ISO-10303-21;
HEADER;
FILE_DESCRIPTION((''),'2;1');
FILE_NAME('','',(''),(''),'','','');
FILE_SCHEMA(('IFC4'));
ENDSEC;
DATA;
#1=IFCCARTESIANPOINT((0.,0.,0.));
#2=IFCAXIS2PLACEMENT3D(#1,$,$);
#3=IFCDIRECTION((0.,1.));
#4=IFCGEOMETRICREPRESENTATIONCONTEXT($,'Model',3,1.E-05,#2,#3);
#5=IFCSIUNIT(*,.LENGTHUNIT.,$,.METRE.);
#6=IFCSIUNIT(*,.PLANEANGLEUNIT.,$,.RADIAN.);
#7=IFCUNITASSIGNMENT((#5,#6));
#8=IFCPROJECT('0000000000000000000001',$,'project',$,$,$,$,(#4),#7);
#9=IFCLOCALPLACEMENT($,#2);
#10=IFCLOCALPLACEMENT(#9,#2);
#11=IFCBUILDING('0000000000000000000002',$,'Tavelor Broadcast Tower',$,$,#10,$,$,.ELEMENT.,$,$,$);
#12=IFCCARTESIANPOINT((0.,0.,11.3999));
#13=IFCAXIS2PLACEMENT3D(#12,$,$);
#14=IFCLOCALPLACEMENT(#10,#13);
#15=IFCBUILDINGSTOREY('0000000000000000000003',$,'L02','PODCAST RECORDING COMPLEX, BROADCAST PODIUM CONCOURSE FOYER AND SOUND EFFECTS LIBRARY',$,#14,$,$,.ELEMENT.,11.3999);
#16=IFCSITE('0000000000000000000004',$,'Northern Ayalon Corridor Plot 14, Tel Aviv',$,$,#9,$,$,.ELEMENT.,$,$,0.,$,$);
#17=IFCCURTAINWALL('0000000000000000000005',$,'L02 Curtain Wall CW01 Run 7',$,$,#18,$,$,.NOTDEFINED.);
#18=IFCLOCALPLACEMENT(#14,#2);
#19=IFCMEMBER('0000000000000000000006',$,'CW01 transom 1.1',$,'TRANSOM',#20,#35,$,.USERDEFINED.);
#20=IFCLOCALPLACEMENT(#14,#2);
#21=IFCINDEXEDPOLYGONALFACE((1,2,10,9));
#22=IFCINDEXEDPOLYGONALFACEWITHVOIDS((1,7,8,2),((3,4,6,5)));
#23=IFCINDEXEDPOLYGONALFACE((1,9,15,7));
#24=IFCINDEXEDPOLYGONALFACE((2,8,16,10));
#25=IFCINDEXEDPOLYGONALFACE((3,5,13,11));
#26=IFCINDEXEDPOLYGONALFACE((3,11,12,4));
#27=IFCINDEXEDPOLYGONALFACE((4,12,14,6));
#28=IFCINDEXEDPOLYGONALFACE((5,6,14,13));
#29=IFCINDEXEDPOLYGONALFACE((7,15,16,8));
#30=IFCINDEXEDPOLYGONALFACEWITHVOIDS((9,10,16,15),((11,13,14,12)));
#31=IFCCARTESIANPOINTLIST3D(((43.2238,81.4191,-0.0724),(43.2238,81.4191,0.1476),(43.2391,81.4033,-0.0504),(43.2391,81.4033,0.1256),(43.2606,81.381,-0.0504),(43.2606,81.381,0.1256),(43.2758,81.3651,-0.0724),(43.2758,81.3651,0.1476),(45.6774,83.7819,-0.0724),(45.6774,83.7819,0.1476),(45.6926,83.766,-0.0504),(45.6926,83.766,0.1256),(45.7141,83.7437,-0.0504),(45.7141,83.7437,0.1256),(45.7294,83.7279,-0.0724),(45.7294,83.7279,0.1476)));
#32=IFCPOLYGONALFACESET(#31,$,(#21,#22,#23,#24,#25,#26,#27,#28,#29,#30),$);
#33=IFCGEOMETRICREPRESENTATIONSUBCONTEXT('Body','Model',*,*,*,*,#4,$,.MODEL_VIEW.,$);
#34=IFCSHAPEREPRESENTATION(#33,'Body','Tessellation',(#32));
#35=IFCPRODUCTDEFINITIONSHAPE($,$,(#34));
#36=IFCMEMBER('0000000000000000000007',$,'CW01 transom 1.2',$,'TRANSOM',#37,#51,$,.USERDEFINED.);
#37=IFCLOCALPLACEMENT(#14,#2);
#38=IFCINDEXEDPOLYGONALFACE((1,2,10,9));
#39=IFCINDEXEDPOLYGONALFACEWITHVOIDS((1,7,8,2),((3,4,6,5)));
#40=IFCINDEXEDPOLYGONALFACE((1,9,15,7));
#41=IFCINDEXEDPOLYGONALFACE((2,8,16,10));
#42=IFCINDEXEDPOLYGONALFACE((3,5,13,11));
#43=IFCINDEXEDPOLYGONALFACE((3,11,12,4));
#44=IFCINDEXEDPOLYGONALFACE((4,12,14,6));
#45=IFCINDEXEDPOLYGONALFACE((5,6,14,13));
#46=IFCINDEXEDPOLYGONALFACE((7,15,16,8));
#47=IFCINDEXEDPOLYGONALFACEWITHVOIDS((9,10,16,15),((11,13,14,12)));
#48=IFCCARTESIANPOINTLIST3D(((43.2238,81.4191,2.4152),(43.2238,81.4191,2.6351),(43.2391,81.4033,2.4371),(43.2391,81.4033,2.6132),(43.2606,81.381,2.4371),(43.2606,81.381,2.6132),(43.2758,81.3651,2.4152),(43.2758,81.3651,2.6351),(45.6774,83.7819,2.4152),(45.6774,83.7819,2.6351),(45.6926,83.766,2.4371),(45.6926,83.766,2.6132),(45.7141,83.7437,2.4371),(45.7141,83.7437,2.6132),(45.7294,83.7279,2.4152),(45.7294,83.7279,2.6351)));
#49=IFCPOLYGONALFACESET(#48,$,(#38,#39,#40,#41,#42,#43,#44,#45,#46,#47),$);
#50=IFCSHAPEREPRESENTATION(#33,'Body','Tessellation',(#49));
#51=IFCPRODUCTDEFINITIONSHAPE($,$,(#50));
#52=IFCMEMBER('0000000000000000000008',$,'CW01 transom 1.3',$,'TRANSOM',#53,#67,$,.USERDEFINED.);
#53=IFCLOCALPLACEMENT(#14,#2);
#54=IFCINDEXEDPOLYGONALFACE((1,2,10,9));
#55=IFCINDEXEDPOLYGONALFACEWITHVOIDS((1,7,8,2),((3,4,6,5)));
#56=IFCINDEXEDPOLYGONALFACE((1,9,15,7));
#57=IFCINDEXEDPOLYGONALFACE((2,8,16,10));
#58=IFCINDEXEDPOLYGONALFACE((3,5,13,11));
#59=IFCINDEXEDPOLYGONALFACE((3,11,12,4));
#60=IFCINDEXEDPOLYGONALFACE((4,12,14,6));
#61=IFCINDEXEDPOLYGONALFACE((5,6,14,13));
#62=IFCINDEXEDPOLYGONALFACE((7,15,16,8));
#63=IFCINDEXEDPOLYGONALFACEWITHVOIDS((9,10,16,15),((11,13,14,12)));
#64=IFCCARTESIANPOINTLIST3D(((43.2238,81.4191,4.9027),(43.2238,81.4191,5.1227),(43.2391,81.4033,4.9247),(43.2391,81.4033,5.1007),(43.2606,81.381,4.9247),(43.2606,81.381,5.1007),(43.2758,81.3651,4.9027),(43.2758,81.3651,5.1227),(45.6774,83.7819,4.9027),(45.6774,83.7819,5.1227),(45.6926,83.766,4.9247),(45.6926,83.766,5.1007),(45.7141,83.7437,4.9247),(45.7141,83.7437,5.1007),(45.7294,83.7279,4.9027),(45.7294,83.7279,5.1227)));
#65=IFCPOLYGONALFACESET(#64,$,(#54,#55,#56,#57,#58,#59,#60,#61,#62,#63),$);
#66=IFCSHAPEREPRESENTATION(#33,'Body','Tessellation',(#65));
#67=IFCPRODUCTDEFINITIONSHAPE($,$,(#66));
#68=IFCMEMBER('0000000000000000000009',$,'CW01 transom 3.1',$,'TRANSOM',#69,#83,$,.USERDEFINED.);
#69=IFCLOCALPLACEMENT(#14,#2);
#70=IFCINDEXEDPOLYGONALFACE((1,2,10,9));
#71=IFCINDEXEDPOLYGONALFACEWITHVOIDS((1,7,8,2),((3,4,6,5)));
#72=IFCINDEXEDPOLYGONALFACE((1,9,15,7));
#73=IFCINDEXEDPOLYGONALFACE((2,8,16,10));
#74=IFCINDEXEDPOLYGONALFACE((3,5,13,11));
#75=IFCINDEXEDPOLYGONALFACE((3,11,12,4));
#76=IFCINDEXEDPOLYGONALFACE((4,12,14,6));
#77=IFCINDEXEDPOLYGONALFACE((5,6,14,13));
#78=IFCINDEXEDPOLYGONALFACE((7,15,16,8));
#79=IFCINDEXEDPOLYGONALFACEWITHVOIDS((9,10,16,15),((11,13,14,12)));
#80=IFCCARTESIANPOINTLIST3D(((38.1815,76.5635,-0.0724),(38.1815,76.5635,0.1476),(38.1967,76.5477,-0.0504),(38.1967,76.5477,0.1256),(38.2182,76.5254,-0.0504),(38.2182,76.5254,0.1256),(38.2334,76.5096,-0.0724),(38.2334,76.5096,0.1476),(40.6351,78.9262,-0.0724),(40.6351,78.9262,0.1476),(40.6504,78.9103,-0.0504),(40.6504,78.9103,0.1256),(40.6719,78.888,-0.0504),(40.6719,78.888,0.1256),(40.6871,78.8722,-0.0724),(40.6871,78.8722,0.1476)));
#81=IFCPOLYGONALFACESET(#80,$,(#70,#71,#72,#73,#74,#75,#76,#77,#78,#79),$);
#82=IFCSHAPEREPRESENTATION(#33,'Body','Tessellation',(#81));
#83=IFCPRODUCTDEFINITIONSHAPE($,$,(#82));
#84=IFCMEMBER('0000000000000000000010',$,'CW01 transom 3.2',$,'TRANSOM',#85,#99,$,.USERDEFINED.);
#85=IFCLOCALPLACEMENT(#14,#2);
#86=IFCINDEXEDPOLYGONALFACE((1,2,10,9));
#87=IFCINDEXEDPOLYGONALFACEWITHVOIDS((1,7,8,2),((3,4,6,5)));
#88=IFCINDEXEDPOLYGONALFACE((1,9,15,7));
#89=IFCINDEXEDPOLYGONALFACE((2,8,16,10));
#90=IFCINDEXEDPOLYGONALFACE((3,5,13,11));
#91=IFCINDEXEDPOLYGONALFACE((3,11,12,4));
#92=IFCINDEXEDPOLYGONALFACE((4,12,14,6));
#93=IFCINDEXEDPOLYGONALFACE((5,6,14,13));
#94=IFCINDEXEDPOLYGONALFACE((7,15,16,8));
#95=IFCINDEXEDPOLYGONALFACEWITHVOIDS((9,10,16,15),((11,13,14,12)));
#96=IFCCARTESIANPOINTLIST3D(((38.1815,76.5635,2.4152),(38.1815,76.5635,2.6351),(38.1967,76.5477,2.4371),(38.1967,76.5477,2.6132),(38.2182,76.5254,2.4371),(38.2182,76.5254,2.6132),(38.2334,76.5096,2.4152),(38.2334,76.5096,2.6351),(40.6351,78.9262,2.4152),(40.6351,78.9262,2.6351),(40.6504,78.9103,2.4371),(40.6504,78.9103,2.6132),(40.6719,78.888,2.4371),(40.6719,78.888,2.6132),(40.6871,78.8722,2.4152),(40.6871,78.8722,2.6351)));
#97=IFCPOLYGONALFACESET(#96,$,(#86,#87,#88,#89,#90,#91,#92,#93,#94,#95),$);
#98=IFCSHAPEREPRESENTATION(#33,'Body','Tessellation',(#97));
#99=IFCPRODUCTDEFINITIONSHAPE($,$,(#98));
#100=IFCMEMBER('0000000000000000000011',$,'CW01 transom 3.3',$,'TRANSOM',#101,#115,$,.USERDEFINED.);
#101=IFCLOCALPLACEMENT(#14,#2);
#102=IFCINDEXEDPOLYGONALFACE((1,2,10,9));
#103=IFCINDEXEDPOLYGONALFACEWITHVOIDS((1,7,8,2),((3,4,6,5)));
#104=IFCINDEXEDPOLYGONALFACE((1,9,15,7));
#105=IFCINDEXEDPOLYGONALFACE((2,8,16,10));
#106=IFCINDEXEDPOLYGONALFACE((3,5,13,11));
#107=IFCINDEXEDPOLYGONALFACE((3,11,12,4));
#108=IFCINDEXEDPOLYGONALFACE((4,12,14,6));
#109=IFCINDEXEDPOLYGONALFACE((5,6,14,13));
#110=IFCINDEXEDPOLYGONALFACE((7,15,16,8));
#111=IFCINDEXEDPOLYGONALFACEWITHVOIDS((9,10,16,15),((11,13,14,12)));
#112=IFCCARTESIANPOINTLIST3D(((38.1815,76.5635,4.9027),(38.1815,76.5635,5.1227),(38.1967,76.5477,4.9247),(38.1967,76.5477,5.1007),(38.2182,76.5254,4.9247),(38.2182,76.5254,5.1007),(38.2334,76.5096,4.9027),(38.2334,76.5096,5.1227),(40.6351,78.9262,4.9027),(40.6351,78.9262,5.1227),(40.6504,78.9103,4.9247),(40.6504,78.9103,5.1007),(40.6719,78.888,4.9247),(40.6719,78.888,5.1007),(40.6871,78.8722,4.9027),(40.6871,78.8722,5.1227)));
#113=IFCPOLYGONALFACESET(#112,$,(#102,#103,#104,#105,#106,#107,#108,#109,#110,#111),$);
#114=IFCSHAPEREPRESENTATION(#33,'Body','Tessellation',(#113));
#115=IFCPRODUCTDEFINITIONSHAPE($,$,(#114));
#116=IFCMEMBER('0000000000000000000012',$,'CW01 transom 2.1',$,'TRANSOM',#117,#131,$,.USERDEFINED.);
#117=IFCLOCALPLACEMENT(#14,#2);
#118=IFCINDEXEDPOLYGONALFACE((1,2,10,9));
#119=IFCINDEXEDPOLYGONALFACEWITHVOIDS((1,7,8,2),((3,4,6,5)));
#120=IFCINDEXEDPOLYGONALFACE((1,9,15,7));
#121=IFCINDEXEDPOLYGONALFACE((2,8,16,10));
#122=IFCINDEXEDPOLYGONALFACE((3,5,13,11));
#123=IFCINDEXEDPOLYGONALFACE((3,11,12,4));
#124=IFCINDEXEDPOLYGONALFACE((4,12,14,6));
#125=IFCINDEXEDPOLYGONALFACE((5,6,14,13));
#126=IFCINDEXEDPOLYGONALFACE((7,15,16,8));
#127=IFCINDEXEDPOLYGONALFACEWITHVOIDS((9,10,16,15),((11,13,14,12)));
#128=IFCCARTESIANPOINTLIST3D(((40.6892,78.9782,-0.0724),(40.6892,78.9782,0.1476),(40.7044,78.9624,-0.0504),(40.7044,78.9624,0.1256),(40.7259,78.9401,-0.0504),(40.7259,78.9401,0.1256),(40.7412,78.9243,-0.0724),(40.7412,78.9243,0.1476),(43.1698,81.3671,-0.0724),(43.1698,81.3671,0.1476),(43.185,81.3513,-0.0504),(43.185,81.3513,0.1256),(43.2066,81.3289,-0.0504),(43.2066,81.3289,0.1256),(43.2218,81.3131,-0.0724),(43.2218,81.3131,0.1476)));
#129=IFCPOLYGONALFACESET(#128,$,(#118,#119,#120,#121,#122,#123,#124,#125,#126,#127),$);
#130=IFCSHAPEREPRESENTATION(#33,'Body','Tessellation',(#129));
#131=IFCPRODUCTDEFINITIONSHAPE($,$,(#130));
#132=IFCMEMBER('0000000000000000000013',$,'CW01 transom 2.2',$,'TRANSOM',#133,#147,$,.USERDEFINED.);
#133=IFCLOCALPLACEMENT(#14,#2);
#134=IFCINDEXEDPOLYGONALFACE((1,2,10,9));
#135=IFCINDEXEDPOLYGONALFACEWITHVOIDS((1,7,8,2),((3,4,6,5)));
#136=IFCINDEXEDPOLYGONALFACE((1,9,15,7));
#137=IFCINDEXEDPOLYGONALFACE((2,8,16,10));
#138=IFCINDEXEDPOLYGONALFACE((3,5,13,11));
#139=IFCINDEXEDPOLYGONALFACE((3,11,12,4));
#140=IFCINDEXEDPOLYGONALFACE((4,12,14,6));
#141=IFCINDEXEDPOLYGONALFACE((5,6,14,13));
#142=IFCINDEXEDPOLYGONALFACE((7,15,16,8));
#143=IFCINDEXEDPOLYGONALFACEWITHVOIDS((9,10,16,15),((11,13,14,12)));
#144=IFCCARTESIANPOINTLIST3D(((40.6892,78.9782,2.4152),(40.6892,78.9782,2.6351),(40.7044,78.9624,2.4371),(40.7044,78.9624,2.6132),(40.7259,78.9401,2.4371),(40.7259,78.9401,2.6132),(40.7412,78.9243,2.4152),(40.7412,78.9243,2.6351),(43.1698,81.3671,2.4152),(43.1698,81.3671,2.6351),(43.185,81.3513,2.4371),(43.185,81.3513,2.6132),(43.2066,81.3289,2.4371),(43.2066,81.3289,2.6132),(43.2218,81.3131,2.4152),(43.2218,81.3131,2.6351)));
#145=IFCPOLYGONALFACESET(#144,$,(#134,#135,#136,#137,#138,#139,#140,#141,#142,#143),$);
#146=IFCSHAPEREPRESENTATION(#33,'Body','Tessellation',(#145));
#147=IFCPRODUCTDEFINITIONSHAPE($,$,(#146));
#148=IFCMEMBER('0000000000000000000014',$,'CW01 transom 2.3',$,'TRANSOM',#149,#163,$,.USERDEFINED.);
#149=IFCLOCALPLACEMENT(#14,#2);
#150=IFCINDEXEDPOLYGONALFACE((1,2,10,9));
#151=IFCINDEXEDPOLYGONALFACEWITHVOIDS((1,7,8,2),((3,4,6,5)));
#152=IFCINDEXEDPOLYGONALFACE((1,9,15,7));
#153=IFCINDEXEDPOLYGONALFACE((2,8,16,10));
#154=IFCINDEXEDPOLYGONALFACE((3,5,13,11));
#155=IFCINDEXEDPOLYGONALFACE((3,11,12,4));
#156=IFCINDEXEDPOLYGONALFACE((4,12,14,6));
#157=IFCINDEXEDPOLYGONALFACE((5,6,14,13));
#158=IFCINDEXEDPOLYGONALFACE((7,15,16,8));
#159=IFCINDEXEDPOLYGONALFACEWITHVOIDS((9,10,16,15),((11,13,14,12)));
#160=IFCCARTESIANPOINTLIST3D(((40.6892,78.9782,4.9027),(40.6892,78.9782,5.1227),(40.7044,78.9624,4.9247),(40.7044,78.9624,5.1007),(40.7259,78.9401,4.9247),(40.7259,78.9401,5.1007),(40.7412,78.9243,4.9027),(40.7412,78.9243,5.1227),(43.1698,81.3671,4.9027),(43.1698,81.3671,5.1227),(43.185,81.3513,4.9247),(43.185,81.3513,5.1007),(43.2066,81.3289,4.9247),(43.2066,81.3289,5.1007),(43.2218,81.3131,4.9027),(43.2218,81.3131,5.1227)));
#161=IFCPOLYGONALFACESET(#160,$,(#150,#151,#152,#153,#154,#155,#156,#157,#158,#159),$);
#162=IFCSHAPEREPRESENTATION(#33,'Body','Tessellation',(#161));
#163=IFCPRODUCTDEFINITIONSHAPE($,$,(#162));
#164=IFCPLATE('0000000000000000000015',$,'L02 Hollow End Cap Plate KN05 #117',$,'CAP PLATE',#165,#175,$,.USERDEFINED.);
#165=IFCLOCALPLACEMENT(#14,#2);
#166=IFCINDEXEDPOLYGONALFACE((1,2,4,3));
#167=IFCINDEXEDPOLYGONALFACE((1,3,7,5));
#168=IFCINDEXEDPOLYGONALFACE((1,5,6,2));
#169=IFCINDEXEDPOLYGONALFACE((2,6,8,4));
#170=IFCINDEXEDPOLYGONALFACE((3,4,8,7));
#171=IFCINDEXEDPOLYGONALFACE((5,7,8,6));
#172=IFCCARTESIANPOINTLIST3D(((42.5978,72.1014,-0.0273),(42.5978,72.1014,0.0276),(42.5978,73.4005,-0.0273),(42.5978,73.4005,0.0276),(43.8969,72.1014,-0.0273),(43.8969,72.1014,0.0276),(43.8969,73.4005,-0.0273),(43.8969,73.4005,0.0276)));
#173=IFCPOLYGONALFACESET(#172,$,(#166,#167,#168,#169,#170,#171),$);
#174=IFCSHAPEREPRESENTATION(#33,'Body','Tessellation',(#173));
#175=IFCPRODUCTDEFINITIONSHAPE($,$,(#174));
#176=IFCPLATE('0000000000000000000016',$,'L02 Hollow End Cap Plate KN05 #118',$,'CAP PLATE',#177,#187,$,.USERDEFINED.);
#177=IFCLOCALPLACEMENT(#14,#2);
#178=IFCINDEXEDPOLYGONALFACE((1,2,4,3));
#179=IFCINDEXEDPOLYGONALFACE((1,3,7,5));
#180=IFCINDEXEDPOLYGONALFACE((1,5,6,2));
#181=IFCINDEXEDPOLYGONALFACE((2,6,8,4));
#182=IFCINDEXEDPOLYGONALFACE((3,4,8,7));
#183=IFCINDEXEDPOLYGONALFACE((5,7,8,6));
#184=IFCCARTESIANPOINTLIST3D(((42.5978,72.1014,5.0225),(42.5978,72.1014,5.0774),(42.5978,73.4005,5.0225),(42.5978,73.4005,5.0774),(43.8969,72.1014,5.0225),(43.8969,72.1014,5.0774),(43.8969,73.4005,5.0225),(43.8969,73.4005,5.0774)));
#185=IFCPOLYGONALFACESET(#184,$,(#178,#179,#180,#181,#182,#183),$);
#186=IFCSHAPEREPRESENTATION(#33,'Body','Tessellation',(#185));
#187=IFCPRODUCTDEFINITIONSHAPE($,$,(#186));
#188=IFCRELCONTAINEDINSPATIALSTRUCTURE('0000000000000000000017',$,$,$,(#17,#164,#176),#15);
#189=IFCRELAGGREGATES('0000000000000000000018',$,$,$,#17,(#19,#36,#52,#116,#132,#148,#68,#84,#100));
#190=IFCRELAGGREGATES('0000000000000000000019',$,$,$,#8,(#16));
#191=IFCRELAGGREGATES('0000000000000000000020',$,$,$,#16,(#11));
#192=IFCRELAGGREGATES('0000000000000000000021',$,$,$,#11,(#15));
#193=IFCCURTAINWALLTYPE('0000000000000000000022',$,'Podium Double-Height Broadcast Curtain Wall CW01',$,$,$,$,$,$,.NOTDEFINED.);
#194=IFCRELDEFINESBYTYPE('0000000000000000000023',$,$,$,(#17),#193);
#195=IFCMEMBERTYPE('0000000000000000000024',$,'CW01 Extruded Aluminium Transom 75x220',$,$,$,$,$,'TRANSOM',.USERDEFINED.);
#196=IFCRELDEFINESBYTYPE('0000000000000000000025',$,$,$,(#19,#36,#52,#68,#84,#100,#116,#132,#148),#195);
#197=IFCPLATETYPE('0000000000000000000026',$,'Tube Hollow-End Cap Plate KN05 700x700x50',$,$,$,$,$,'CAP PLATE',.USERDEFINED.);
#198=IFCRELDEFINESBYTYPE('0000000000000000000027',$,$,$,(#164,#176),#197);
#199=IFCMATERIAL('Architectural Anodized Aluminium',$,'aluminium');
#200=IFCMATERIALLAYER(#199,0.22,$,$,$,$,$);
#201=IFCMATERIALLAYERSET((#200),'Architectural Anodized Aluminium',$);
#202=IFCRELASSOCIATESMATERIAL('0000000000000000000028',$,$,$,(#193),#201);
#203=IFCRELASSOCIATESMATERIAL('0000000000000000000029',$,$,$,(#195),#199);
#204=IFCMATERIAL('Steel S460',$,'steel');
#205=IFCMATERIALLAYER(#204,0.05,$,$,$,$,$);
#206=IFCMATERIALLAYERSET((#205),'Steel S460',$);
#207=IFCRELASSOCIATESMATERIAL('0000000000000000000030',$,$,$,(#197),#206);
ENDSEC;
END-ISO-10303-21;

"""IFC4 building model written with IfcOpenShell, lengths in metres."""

from ifc_helpers import new_model, si_unit, direction, frame, origin, origin_2d, place, context, subcontext, project, spatial, rectangle, hollow_rectangle, extrude, source, transform, mapped, material, layer, layer_set, material_profile, profile_set, type_object, type_shapes, element, aggregate, save


model = new_model("IFC4")

# Units and contexts
model_context = context("Model", 3, precision=1e-05, world=origin(), true_north=direction((0.0, 1.0)))
body_context = subcontext(model_context, "Body", "Model", "MODEL_VIEW")
ifc_project = project(units=[si_unit("LENGTHUNIT", "METRE"), si_unit("PLANEANGLEUNIT", "RADIAN")], contexts=[model_context])

# Site, building, storey
site_placement = place(None, origin())
site = spatial("IfcSite", under=ifc_project, at=site_placement, Name="Northern Ayalon Corridor Plot 14, Tel Aviv", CompositionType="ELEMENT", RefElevation=0.0)
building_placement = place(site_placement, origin())
building = spatial("IfcBuilding", under=site, at=building_placement, Name="Tavelor Broadcast Tower", CompositionType="ELEMENT")
storey_placement = place(building_placement, frame((0.0, 0.0, 11.3999)))
storey = spatial("IfcBuildingStorey", under=building, at=storey_placement, Name="L02", Description="PODCAST RECORDING COMPLEX, BROADCAST PODIUM CONCOURSE FOYER AND SOUND EFFECTS LIBRARY", CompositionType="ELEMENT", Elevation=11.3999)

# Shared definitions
ifc_material_1 = material(Name="Steel S460", Category="steel")

# Curtain wall, members
ifc_material_2 = material(Name="Architectural Anodized Aluminium", Category="aluminium")
ifc_layer_1 = layer(ifc_material_2, 0.22)
ifc_layer_set_1 = layer_set([ifc_layer_1], Name="Architectural Anodized Aluminium")
curtain_wall_type = type_object("IfcCurtainWallType", Name="Podium Double-Height Broadcast Curtain Wall CW01", PredefinedType="NOTDEFINED", material=ifc_layer_set_1)
curtain_wall_placement = place(storey_placement, origin())
curtain_wall = element("IfcCurtainWall", 1, at=curtain_wall_placement, inside=storey, type_object=curtain_wall_type, Name="L02 Curtain Wall CW01 Run 7", PredefinedType="NOTDEFINED")
ifc_material_profile_1 = material_profile(ifc_material_2, hollow_rectangle(XDim=0.075, YDim=0.22, WallThickness=0.022, at=origin_2d()), Name="RHS 75x220x22")
ifc_profile_set_1 = profile_set([ifc_material_profile_1], Name="Architectural Anodized Aluminium")
member_type_1 = type_object("IfcMemberType", Name="CW01 Extruded Aluminium Transom 75x220", ElementType="TRANSOM", PredefinedType="USERDEFINED", material=ifc_profile_set_1)
shared_shape_1 = source(origin(), body_context, "Body", "SweptSolid", [
    extrude(hollow_rectangle(XDim=0.075, YDim=0.22, WallThickness=0.022, at=origin_2d()), origin(), (0.0, 0.0, 1.0), 3.4062),
])
member_1_placement = place(storey_placement, frame((45.7034, 83.7549, 0.0376), z_axis=(-0.720312, -0.69365, 0.0), x_axis=(0.69365, -0.720312, 0.0)))
member_1 = element("IfcMember", 2, at=member_1_placement, type_object=member_type_1, Name="CW01 transom 1.1", ObjectType="TRANSOM", PredefinedType="USERDEFINED", context=body_context, shape_type="MappedRepresentation", body=[
    mapped(shared_shape_1, transform((0.0, 0.0, 0.0), scale=1.0)),
])
member_2_placement = place(storey_placement, frame((45.7034, 83.7549, 2.5251), z_axis=(-0.720312, -0.69365, 0.0), x_axis=(0.69365, -0.720312, 0.0)))
member_2 = element("IfcMember", 3, at=member_2_placement, type_object=member_type_1, Name="CW01 transom 1.2", ObjectType="TRANSOM", PredefinedType="USERDEFINED", context=body_context, shape_type="MappedRepresentation", body=[
    mapped(shared_shape_1, transform((0.0, 0.0, 0.0), scale=1.0)),
])
member_3_placement = place(storey_placement, frame((45.7034, 83.7549, 5.0127), z_axis=(-0.720312, -0.69365, 0.0), x_axis=(0.69365, -0.720312, 0.0)))
member_3 = element("IfcMember", 4, at=member_3_placement, type_object=member_type_1, Name="CW01 transom 1.3", ObjectType="TRANSOM", PredefinedType="USERDEFINED", context=body_context, shape_type="MappedRepresentation", body=[
    mapped(shared_shape_1, transform((0.0, 0.0, 0.0), scale=1.0)),
])
member_4_placement = place(storey_placement, frame((40.6611, 78.8992, 0.0376), z_axis=(-0.720348, -0.693613, 0.0), x_axis=(0.693613, -0.720348, 0.0)))
member_4 = element("IfcMember", 5, at=member_4_placement, type_object=member_type_1, Name="CW01 transom 3.1", ObjectType="TRANSOM", PredefinedType="USERDEFINED", context=body_context, shape_type="MappedRepresentation", body=[
    mapped(shared_shape_1, transform((0.0, 0.0, 0.0), scale=1.0)),
])
member_5_placement = place(storey_placement, frame((40.6611, 78.8992, 2.5251), z_axis=(-0.720348, -0.693613, 0.0), x_axis=(0.693613, -0.720348, 0.0)))
member_5 = element("IfcMember", 6, at=member_5_placement, type_object=member_type_1, Name="CW01 transom 3.2", ObjectType="TRANSOM", PredefinedType="USERDEFINED", context=body_context, shape_type="MappedRepresentation", body=[
    mapped(shared_shape_1, transform((0.0, 0.0, 0.0), scale=1.0)),
])
member_6_placement = place(storey_placement, frame((40.6611, 78.8992, 5.0127), z_axis=(-0.720348, -0.693613, 0.0), x_axis=(0.693613, -0.720348, 0.0)))
member_6 = element("IfcMember", 7, at=member_6_placement, type_object=member_type_1, Name="CW01 transom 3.3", ObjectType="TRANSOM", PredefinedType="USERDEFINED", context=body_context, shape_type="MappedRepresentation", body=[
    mapped(shared_shape_1, transform((0.0, 0.0, 0.0), scale=1.0)),
])
shared_shape_2 = source(origin(), body_context, "Body", "SweptSolid", [
    extrude(hollow_rectangle(XDim=0.075, YDim=0.22, WallThickness=0.022, at=origin_2d()), origin(), (0.0, 0.0, 1.0), 3.4438),
])
type_shapes(member_type_1, [shared_shape_1, shared_shape_2])
member_7_placement = place(storey_placement, frame((43.1958, 81.3401, 0.0376), z_axis=(-0.720308, -0.693654, 0.0), x_axis=(0.693654, -0.720308, 0.0)))
member_7 = element("IfcMember", 8, at=member_7_placement, type_object=member_type_1, Name="CW01 transom 2.1", ObjectType="TRANSOM", PredefinedType="USERDEFINED", context=body_context, shape_type="MappedRepresentation", body=[
    mapped(shared_shape_2, transform((0.0, 0.0, 0.0), scale=1.0)),
])
member_8_placement = place(storey_placement, frame((43.1958, 81.3401, 2.5251), z_axis=(-0.720308, -0.693654, 0.0), x_axis=(0.693654, -0.720308, 0.0)))
member_8 = element("IfcMember", 9, at=member_8_placement, type_object=member_type_1, Name="CW01 transom 2.2", ObjectType="TRANSOM", PredefinedType="USERDEFINED", context=body_context, shape_type="MappedRepresentation", body=[
    mapped(shared_shape_2, transform((0.0, 0.0, 0.0), scale=1.0)),
])
member_9_placement = place(storey_placement, frame((43.1958, 81.3401, 5.0127), z_axis=(-0.720308, -0.693654, 0.0), x_axis=(0.693654, -0.720308, 0.0)))
member_9 = element("IfcMember", 10, at=member_9_placement, type_object=member_type_1, Name="CW01 transom 2.3", ObjectType="TRANSOM", PredefinedType="USERDEFINED", context=body_context, shape_type="MappedRepresentation", body=[
    mapped(shared_shape_2, transform((0.0, 0.0, 0.0), scale=1.0)),
])

# Plates
ifc_layer_2 = layer(ifc_material_1, 0.05)
ifc_layer_set_2 = layer_set([ifc_layer_2], Name="Steel S460")
plate_type_1 = type_object("IfcPlateType", Name="Tube Hollow-End Cap Plate KN05 700x700x50", ElementType="CAP PLATE", PredefinedType="USERDEFINED", material=ifc_layer_set_2)
shared_shape_3 = source(origin(), body_context, "Body", "SweptSolid", [
    extrude(rectangle(XDim=1.2991, YDim=1.2991, at=origin_2d()), origin(), (0.0, 0.0, 1.0), 0.0549),
])
type_shapes(plate_type_1, [shared_shape_3])
for number, where, z_axis, x_axis, name in (
    (11, (43.2473, 72.751, -0.0273), (0.0, 0.0, 1.0), (1.0, 0.0, 0.0), "L02 Hollow End Cap Plate KN05 #117"),
    (12, (43.2473, 72.751, 5.0225), (0.0, 0.0, 1.0), (1.0, 0.0, 0.0), "L02 Hollow End Cap Plate KN05 #118"),
):
    element("IfcPlate", number, at=place(storey_placement, frame(where, z_axis=z_axis, x_axis=x_axis)), inside=storey, type_object=plate_type_1, Name=name, ObjectType="CAP PLATE", PredefinedType="USERDEFINED", context=body_context, shape_type="MappedRepresentation", body=[
        mapped(shared_shape_3, transform((0.0, 0.0, 0.0), scale=1.0)),
    ])

aggregate(curtain_wall, [member_1, member_2, member_3, member_7, member_8, member_9, member_4, member_5, member_6])

save(model, "model.ifc")
